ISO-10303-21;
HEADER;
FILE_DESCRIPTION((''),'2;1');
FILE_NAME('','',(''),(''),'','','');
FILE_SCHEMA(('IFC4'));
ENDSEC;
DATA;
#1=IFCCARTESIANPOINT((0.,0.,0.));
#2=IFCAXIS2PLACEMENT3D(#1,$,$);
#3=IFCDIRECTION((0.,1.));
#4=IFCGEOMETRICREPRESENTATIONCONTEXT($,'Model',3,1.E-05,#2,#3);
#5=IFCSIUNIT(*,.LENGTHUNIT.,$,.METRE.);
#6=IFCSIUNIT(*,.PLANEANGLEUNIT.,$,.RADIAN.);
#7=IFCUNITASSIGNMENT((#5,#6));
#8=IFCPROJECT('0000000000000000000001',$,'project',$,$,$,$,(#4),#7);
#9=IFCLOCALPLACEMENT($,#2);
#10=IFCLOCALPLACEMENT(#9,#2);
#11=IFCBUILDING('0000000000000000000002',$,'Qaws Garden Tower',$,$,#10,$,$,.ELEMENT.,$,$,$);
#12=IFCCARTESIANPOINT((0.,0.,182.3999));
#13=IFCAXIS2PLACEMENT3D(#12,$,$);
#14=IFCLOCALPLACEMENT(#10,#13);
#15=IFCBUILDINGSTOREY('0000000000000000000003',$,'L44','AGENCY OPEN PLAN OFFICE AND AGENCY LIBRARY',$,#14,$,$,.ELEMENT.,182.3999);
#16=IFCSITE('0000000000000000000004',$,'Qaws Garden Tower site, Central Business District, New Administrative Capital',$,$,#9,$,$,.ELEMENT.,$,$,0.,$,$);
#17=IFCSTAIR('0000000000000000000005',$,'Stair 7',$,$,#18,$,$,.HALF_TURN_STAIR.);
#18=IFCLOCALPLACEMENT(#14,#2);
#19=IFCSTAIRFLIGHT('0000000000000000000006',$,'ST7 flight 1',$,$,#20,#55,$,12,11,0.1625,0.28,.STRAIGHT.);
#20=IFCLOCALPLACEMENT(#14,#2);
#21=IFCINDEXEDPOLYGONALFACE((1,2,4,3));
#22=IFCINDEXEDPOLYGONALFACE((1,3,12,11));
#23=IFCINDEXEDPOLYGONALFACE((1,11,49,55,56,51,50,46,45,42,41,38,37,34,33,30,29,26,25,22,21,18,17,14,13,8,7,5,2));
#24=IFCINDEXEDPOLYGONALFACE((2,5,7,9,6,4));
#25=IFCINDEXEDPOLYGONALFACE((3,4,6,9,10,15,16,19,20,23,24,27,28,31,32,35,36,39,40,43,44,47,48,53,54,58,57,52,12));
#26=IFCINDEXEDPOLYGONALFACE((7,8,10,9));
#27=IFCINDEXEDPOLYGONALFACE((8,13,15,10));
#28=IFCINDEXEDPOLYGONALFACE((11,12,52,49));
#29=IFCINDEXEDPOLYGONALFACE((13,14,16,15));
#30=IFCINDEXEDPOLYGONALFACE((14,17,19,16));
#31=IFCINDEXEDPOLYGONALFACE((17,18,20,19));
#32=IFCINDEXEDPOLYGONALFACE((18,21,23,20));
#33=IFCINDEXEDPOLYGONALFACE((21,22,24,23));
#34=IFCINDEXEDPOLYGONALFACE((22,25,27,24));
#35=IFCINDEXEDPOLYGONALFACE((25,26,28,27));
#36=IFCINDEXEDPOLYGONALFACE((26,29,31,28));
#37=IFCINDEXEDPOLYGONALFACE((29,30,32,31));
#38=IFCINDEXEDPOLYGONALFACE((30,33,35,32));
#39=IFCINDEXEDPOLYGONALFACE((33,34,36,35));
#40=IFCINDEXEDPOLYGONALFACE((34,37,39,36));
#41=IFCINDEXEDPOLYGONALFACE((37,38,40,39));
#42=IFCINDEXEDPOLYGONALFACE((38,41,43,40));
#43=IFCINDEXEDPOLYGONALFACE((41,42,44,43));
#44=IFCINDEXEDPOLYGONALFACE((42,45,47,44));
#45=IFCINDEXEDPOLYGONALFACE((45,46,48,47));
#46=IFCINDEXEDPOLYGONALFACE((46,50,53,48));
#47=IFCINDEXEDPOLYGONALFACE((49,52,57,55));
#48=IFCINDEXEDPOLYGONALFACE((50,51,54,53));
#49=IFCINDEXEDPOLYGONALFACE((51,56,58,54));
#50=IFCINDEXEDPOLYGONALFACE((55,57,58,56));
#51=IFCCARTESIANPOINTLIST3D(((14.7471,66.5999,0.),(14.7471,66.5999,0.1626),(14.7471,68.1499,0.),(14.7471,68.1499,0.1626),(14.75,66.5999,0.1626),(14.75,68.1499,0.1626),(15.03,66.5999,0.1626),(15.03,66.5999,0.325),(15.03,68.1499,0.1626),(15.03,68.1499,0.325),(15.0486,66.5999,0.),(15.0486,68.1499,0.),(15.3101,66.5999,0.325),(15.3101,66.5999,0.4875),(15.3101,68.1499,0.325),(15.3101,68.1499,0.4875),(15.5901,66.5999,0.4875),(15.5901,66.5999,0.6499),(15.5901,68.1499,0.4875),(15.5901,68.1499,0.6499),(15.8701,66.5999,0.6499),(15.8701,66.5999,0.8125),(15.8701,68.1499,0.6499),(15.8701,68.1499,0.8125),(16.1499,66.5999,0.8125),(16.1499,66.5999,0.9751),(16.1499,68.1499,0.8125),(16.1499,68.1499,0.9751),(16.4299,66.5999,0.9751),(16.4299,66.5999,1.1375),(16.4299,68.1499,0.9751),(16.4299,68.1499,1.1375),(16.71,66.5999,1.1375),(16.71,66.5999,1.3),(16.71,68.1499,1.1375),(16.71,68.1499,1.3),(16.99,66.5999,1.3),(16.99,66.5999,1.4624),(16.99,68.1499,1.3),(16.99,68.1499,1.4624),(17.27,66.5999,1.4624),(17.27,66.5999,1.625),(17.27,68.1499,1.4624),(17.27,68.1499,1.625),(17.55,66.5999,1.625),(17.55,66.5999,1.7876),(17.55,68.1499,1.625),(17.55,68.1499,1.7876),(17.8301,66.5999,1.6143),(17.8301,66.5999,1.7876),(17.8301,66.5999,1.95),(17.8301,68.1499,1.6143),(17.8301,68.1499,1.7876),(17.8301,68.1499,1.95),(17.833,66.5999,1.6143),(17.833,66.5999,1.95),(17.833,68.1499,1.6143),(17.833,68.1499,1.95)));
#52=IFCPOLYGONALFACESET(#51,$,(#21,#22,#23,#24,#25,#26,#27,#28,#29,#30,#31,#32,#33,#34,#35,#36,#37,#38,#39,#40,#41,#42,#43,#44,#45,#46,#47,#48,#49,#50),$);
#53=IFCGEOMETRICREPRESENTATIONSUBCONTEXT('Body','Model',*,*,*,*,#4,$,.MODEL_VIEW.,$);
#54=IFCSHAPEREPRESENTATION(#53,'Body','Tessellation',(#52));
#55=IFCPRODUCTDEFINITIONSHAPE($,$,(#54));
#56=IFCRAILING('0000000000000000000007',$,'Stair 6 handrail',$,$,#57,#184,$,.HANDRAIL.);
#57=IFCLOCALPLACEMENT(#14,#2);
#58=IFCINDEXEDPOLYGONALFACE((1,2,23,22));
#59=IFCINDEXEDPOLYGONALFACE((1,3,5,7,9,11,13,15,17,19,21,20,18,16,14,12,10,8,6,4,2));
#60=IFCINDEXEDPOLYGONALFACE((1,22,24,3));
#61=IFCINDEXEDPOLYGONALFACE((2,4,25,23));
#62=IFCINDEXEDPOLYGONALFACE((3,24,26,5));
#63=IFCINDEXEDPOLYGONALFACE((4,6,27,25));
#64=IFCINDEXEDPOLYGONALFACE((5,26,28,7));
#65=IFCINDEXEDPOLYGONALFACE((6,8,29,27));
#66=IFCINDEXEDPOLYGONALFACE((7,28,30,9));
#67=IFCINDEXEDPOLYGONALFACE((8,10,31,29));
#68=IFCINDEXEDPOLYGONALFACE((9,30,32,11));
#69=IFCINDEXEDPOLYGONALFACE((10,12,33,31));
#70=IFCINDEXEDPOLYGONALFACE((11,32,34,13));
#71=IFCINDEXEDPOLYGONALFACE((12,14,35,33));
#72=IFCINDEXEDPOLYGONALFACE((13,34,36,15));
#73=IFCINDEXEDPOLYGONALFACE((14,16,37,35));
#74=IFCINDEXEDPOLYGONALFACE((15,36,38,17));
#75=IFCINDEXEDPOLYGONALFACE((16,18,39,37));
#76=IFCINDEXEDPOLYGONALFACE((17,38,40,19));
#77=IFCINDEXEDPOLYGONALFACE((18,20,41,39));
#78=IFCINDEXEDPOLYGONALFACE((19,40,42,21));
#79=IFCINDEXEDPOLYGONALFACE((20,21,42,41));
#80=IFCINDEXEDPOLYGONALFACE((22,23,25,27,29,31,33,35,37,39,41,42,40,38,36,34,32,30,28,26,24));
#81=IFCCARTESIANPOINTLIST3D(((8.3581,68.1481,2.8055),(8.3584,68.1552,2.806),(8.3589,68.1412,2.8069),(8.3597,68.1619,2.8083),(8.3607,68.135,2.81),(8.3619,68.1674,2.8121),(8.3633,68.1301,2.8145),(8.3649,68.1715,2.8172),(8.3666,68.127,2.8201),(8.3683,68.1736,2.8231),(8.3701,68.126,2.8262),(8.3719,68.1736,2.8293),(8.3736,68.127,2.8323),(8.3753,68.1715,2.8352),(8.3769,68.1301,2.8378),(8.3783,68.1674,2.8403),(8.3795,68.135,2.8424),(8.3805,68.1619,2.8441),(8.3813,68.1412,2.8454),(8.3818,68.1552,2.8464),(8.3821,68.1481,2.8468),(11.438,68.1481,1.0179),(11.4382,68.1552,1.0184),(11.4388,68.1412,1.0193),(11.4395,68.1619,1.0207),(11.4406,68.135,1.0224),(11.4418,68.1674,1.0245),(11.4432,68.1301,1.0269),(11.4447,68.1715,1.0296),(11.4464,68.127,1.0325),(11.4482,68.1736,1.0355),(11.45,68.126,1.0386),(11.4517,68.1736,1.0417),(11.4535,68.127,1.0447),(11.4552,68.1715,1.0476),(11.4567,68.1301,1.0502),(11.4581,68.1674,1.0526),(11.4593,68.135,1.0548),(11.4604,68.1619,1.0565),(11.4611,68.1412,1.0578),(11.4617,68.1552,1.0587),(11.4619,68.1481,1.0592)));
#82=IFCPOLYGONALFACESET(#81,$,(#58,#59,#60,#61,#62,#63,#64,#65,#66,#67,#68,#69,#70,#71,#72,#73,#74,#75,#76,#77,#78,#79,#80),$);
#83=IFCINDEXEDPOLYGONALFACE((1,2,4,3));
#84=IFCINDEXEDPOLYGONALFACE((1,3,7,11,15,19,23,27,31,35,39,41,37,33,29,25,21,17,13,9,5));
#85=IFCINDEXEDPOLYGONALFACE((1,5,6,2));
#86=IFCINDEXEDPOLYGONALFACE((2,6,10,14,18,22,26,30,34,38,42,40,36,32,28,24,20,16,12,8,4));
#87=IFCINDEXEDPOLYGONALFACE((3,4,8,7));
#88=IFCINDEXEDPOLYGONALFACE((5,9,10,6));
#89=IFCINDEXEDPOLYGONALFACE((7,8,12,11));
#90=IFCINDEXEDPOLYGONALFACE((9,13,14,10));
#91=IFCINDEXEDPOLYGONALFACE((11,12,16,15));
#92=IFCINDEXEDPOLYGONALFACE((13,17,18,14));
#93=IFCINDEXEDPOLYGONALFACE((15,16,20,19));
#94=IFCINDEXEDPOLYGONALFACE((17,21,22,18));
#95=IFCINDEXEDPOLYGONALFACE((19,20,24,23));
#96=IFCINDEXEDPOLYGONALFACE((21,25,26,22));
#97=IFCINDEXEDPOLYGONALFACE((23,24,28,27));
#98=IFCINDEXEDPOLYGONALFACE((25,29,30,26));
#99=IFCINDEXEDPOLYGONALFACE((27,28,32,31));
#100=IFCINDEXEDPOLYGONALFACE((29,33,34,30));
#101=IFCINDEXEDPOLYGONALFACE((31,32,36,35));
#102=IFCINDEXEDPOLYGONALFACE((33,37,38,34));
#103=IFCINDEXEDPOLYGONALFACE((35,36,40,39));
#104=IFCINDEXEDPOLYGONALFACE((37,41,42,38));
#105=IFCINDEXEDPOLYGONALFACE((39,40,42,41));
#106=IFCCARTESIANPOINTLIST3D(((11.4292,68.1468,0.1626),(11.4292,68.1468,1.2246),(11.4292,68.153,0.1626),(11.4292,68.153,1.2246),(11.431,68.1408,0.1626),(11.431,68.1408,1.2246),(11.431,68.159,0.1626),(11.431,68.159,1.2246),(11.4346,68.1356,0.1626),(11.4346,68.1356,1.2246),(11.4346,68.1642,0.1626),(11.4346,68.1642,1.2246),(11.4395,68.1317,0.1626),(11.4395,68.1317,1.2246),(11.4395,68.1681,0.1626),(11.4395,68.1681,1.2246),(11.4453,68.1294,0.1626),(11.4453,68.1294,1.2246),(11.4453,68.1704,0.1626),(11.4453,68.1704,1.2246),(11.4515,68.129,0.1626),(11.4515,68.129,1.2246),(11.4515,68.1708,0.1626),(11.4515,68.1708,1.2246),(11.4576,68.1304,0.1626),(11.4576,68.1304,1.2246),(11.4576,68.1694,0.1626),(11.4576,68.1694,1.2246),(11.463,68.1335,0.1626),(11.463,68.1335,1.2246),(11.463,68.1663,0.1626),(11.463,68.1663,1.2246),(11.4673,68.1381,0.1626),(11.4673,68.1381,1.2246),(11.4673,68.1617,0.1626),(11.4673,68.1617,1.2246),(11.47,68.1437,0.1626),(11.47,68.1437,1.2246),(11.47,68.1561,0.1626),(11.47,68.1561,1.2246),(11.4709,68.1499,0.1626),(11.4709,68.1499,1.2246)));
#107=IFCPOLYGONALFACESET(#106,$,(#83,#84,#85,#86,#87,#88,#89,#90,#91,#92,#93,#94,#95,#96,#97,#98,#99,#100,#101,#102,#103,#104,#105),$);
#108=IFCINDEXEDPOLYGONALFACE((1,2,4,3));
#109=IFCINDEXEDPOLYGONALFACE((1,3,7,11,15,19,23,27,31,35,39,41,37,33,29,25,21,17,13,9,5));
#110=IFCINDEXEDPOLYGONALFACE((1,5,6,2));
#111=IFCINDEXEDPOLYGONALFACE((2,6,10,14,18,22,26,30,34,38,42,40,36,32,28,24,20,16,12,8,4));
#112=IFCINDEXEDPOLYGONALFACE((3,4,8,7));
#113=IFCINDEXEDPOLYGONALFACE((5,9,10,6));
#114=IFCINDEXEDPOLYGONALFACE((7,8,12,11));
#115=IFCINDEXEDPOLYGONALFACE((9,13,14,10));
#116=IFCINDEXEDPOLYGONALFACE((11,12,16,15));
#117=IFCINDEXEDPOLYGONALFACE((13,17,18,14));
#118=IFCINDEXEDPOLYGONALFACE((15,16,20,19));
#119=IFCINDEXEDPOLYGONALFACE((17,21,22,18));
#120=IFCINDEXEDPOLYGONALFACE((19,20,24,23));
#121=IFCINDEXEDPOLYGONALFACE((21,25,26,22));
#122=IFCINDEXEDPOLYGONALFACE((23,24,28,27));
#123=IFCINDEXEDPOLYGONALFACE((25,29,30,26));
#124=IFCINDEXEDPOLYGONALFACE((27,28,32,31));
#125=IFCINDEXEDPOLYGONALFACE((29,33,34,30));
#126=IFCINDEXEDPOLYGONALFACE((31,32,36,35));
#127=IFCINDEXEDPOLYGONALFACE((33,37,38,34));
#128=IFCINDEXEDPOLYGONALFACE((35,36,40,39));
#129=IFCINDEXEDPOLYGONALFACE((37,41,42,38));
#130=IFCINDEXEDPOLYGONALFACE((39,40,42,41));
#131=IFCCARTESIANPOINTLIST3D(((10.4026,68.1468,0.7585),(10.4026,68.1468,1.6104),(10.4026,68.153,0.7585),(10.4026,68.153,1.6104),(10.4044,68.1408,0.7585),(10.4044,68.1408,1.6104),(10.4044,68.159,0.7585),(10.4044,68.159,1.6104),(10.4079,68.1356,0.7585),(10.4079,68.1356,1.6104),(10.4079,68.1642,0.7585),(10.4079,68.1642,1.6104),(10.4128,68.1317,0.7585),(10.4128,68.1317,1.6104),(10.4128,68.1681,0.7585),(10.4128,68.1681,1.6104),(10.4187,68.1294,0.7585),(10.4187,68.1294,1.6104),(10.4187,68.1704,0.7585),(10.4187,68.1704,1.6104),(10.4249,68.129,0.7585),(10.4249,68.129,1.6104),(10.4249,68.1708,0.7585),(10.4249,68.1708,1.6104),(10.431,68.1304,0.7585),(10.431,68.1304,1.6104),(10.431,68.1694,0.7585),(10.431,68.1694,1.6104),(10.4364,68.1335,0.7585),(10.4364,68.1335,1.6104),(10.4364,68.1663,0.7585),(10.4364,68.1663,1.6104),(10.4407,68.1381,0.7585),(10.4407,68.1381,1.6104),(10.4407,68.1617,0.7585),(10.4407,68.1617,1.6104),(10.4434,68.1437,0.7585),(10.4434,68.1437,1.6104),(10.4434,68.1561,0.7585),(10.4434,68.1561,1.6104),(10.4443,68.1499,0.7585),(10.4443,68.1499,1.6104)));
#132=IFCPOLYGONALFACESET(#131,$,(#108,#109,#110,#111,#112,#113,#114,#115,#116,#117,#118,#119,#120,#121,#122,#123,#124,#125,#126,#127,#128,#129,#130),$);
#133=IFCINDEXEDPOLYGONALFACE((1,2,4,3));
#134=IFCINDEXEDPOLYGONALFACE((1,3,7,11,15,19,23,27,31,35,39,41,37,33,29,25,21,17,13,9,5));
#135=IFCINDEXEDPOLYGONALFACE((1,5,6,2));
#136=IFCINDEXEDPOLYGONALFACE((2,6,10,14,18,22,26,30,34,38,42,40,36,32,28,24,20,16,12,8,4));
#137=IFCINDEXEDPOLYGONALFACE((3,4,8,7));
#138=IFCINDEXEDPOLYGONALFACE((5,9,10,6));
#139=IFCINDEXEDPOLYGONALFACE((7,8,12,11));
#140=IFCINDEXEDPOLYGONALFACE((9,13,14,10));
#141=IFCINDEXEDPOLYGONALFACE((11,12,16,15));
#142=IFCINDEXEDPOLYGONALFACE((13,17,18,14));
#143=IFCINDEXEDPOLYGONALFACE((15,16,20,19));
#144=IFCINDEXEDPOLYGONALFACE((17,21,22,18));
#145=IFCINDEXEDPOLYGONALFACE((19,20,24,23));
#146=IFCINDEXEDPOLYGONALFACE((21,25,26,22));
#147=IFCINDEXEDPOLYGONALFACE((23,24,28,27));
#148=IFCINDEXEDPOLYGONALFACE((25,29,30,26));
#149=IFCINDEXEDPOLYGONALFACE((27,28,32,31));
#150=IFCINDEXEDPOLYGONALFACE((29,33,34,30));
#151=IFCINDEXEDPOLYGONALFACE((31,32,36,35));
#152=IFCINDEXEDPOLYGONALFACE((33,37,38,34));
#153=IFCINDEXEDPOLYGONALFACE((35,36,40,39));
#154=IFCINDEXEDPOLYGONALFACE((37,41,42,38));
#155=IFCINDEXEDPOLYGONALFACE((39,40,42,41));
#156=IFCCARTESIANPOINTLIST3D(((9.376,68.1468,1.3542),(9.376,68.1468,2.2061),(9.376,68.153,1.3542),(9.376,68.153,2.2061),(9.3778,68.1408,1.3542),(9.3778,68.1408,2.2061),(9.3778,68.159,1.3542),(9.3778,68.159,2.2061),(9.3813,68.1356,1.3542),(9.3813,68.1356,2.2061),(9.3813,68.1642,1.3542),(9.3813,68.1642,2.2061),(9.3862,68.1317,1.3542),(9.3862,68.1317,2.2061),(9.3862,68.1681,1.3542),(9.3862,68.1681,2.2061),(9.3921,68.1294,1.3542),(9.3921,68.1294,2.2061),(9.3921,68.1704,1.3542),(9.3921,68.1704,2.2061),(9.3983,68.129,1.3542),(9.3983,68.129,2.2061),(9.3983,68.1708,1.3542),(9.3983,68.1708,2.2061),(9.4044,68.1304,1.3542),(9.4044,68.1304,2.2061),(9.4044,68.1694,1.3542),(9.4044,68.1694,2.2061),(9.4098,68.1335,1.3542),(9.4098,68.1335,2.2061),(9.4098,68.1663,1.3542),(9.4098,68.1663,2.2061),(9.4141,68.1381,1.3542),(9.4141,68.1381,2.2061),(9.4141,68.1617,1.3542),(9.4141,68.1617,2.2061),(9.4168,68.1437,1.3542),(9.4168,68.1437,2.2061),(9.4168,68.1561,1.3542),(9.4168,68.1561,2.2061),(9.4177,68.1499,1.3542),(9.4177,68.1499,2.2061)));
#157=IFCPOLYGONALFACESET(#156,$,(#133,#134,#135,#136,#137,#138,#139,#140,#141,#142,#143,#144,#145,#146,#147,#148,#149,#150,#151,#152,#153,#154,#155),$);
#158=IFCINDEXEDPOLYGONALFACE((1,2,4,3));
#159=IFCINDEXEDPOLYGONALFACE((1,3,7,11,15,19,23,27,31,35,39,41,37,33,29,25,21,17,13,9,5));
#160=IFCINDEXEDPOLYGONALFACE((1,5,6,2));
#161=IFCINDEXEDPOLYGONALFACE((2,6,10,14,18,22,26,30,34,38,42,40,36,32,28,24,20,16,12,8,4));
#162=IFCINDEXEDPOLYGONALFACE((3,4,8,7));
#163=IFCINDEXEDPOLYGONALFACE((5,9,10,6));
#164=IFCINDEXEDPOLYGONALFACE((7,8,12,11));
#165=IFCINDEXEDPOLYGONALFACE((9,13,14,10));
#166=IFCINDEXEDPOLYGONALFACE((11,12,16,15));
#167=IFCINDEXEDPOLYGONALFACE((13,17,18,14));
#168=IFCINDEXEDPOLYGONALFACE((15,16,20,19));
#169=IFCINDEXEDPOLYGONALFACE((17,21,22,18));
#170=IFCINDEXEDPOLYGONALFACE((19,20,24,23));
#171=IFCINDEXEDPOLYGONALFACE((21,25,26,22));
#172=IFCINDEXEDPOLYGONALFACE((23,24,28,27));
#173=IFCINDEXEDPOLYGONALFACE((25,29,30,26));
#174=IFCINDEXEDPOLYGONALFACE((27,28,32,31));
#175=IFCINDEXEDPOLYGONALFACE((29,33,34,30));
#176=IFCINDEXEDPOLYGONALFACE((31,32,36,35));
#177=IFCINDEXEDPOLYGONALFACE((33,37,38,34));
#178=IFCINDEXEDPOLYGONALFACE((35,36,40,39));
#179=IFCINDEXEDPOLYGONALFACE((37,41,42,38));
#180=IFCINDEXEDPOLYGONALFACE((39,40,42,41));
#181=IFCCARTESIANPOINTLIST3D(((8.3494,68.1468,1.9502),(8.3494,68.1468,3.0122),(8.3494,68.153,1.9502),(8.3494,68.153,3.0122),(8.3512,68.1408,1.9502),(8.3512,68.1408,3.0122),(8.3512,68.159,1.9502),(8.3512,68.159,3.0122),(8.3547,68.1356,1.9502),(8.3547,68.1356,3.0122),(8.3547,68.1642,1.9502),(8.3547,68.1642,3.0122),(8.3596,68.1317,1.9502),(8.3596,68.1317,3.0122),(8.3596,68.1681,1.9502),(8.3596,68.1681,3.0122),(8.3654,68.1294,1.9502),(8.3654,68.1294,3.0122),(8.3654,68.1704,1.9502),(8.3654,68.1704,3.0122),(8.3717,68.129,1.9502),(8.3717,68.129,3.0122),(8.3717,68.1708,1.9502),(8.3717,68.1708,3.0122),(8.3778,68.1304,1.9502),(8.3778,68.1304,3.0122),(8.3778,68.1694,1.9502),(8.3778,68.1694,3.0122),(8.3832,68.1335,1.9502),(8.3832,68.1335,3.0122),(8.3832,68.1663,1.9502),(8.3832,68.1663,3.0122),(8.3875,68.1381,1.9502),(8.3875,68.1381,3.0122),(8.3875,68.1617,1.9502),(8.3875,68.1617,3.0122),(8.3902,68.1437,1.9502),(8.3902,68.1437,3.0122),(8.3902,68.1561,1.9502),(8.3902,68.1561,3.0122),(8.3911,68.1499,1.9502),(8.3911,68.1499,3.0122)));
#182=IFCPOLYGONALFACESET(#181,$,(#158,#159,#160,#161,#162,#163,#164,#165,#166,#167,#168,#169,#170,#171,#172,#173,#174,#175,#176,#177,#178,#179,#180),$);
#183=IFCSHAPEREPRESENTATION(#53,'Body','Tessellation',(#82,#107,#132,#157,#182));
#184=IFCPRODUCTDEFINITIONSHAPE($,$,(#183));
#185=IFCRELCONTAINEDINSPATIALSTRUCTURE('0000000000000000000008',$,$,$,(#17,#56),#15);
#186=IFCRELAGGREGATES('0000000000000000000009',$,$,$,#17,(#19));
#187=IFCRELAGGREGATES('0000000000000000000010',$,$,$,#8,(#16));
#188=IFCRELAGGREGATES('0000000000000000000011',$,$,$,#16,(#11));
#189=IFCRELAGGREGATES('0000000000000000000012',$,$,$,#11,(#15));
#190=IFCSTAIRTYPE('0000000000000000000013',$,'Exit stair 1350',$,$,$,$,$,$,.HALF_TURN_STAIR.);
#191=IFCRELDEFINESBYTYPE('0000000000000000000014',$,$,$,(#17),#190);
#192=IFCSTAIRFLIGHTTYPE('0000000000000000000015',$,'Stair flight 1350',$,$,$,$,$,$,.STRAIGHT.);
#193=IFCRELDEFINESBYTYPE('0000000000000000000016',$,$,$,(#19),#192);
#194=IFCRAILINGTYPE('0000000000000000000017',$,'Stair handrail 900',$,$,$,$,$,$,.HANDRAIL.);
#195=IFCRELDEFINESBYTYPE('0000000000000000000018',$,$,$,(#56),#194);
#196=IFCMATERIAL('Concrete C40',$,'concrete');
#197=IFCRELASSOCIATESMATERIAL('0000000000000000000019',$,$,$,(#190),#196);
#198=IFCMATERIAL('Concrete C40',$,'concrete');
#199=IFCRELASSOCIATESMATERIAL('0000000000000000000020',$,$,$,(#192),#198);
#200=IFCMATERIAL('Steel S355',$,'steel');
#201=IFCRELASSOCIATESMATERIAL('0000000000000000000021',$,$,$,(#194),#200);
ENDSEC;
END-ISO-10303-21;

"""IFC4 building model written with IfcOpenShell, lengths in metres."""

from ifc_helpers import new_model, si_unit, direction, frame, origin, origin_2d, place, context, subcontext, project, spatial, polyline, circle, outline, extrude, material, type_object, element, aggregate, save


model = new_model("IFC4")

# Units and contexts
model_context = context("Model", 3, precision=1e-05, world=origin(), true_north=direction((0.0, 1.0)))
body_context = subcontext(model_context, "Body", "Model", "MODEL_VIEW")
ifc_project = project(units=[si_unit("LENGTHUNIT", "METRE"), si_unit("PLANEANGLEUNIT", "RADIAN")], contexts=[model_context])

# Site, building, storey
site_placement = place(None, origin())
site = spatial("IfcSite", under=ifc_project, at=site_placement, Name="Qaws Garden Tower site, Central Business District, New Administrative Capital", CompositionType="ELEMENT", RefElevation=0.0)
building_placement = place(site_placement, origin())
building = spatial("IfcBuilding", under=site, at=building_placement, Name="Qaws Garden Tower", CompositionType="ELEMENT")
storey_placement = place(building_placement, frame((0.0, 0.0, 182.3999)))
storey = spatial("IfcBuildingStorey", under=building, at=storey_placement, Name="L44", Description="AGENCY OPEN PLAN OFFICE AND AGENCY LIBRARY", CompositionType="ELEMENT", Elevation=182.3999)

# Shared definitions
ifc_material_1 = material(Name="Concrete C40", Category="concrete")
stair_type = type_object("IfcStairType", Name="Exit stair 1350", PredefinedType="HALF_TURN_STAIR", material=ifc_material_1)
placement = place(storey_placement, origin())
ifc_material_2 = material(Name="Concrete C40", Category="concrete")
stair_flight_type = type_object("IfcStairFlightType", Name="Stair flight 1350", PredefinedType="STRAIGHT", material=ifc_material_2)

# Stair, stair flight
stair_1 = element("IfcStair", 1, at=placement, inside=storey, type_object=stair_type, Name="Stair 7", PredefinedType="HALF_TURN_STAIR")
stair_flight_1_placement = place(storey_placement, frame((14.75, 67.375, 0.0), z_axis=(0.0, 0.0, 1.0), x_axis=(1.0, 0.0, 0.0)))
stair_flight_1 = element("IfcStairFlight", 2, at=stair_flight_1_placement, type_object=stair_flight_type, Name="ST7 flight 1", NumberOfRisers=12, NumberOfTreads=11, PredefinedType="STRAIGHT", RiserHeight=0.1625, TreadLength=0.28, context=body_context, shape_type="SweptSolid", body=[
    extrude(outline(polyline([(-0.0029, 0.0), (-0.0029, 0.1626), (0.0, 0.1626), (0.28, 0.1626), (0.28, 0.325), (0.5601, 0.325), (0.5601, 0.4875), (0.8401, 0.4875), (0.8401, 0.6499), (1.1201, 0.6499), (1.1201, 0.8125), (1.3999, 0.8125), (1.3999, 0.9751), (1.6799, 0.9751), (1.6799, 1.1375), (1.96, 1.1375), (1.96, 1.3), (2.24, 1.3), (2.24, 1.4624), (2.52, 1.4624), (2.52, 1.625), (2.8, 1.625), (2.8, 1.7876), (3.0801, 1.7876), (3.0801, 1.95), (3.083, 1.95), (3.083, 1.6143), (3.0801, 1.6143), (0.2986, 0.0), (-0.0029, 0.0)])), frame((0.0, 0.7749, 0.0), z_axis=(0.0, -1.0, 0.0), x_axis=(1.0, 0.0, 0.0)), (0.0, 0.0, 1.0), 1.55),
])
aggregate(stair_1, [stair_flight_1])

# Railing
ifc_material_3 = material(Name="Steel S355", Category="steel")
railing_type = type_object("IfcRailingType", Name="Stair handrail 900", PredefinedType="HANDRAIL", material=ifc_material_3)
railing_1_placement = place(storey_placement, frame((11.45, 68.1499, 0.1626)))
element("IfcRailing", 3, at=railing_1_placement, inside=storey, type_object=railing_type, Name="Stair 6 handrail", PredefinedType="HANDRAIL", context=body_context, shape_type="SweptSolid", body=[
    extrude(circle(Radius=0.0239, at=origin_2d()), frame((0.0, 0.0, 0.876), z_axis=(-0.864873, 0.0, 0.50199), x_axis=(0.0, -1.0, 0.0)), (0.0, 0.0, 1.0), 3.561),
    extrude(circle(Radius=0.021, at=origin_2d()), origin(), (0.0, 0.0, 1.0), 1.062),
    extrude(circle(Radius=0.021, at=origin_2d()), frame((-1.0266, 0.0, 0.5959)), (0.0, 0.0, 1.0), 0.8518),
    extrude(circle(Radius=0.021, at=origin_2d()), frame((-2.0532, 0.0, 1.1917)), (0.0, 0.0, 1.0), 0.8518),
    extrude(circle(Radius=0.021, at=origin_2d()), frame((-3.0798, 0.0, 1.7876)), (0.0, 0.0, 1.0), 1.062),
])

save(model, "model.ifc")
